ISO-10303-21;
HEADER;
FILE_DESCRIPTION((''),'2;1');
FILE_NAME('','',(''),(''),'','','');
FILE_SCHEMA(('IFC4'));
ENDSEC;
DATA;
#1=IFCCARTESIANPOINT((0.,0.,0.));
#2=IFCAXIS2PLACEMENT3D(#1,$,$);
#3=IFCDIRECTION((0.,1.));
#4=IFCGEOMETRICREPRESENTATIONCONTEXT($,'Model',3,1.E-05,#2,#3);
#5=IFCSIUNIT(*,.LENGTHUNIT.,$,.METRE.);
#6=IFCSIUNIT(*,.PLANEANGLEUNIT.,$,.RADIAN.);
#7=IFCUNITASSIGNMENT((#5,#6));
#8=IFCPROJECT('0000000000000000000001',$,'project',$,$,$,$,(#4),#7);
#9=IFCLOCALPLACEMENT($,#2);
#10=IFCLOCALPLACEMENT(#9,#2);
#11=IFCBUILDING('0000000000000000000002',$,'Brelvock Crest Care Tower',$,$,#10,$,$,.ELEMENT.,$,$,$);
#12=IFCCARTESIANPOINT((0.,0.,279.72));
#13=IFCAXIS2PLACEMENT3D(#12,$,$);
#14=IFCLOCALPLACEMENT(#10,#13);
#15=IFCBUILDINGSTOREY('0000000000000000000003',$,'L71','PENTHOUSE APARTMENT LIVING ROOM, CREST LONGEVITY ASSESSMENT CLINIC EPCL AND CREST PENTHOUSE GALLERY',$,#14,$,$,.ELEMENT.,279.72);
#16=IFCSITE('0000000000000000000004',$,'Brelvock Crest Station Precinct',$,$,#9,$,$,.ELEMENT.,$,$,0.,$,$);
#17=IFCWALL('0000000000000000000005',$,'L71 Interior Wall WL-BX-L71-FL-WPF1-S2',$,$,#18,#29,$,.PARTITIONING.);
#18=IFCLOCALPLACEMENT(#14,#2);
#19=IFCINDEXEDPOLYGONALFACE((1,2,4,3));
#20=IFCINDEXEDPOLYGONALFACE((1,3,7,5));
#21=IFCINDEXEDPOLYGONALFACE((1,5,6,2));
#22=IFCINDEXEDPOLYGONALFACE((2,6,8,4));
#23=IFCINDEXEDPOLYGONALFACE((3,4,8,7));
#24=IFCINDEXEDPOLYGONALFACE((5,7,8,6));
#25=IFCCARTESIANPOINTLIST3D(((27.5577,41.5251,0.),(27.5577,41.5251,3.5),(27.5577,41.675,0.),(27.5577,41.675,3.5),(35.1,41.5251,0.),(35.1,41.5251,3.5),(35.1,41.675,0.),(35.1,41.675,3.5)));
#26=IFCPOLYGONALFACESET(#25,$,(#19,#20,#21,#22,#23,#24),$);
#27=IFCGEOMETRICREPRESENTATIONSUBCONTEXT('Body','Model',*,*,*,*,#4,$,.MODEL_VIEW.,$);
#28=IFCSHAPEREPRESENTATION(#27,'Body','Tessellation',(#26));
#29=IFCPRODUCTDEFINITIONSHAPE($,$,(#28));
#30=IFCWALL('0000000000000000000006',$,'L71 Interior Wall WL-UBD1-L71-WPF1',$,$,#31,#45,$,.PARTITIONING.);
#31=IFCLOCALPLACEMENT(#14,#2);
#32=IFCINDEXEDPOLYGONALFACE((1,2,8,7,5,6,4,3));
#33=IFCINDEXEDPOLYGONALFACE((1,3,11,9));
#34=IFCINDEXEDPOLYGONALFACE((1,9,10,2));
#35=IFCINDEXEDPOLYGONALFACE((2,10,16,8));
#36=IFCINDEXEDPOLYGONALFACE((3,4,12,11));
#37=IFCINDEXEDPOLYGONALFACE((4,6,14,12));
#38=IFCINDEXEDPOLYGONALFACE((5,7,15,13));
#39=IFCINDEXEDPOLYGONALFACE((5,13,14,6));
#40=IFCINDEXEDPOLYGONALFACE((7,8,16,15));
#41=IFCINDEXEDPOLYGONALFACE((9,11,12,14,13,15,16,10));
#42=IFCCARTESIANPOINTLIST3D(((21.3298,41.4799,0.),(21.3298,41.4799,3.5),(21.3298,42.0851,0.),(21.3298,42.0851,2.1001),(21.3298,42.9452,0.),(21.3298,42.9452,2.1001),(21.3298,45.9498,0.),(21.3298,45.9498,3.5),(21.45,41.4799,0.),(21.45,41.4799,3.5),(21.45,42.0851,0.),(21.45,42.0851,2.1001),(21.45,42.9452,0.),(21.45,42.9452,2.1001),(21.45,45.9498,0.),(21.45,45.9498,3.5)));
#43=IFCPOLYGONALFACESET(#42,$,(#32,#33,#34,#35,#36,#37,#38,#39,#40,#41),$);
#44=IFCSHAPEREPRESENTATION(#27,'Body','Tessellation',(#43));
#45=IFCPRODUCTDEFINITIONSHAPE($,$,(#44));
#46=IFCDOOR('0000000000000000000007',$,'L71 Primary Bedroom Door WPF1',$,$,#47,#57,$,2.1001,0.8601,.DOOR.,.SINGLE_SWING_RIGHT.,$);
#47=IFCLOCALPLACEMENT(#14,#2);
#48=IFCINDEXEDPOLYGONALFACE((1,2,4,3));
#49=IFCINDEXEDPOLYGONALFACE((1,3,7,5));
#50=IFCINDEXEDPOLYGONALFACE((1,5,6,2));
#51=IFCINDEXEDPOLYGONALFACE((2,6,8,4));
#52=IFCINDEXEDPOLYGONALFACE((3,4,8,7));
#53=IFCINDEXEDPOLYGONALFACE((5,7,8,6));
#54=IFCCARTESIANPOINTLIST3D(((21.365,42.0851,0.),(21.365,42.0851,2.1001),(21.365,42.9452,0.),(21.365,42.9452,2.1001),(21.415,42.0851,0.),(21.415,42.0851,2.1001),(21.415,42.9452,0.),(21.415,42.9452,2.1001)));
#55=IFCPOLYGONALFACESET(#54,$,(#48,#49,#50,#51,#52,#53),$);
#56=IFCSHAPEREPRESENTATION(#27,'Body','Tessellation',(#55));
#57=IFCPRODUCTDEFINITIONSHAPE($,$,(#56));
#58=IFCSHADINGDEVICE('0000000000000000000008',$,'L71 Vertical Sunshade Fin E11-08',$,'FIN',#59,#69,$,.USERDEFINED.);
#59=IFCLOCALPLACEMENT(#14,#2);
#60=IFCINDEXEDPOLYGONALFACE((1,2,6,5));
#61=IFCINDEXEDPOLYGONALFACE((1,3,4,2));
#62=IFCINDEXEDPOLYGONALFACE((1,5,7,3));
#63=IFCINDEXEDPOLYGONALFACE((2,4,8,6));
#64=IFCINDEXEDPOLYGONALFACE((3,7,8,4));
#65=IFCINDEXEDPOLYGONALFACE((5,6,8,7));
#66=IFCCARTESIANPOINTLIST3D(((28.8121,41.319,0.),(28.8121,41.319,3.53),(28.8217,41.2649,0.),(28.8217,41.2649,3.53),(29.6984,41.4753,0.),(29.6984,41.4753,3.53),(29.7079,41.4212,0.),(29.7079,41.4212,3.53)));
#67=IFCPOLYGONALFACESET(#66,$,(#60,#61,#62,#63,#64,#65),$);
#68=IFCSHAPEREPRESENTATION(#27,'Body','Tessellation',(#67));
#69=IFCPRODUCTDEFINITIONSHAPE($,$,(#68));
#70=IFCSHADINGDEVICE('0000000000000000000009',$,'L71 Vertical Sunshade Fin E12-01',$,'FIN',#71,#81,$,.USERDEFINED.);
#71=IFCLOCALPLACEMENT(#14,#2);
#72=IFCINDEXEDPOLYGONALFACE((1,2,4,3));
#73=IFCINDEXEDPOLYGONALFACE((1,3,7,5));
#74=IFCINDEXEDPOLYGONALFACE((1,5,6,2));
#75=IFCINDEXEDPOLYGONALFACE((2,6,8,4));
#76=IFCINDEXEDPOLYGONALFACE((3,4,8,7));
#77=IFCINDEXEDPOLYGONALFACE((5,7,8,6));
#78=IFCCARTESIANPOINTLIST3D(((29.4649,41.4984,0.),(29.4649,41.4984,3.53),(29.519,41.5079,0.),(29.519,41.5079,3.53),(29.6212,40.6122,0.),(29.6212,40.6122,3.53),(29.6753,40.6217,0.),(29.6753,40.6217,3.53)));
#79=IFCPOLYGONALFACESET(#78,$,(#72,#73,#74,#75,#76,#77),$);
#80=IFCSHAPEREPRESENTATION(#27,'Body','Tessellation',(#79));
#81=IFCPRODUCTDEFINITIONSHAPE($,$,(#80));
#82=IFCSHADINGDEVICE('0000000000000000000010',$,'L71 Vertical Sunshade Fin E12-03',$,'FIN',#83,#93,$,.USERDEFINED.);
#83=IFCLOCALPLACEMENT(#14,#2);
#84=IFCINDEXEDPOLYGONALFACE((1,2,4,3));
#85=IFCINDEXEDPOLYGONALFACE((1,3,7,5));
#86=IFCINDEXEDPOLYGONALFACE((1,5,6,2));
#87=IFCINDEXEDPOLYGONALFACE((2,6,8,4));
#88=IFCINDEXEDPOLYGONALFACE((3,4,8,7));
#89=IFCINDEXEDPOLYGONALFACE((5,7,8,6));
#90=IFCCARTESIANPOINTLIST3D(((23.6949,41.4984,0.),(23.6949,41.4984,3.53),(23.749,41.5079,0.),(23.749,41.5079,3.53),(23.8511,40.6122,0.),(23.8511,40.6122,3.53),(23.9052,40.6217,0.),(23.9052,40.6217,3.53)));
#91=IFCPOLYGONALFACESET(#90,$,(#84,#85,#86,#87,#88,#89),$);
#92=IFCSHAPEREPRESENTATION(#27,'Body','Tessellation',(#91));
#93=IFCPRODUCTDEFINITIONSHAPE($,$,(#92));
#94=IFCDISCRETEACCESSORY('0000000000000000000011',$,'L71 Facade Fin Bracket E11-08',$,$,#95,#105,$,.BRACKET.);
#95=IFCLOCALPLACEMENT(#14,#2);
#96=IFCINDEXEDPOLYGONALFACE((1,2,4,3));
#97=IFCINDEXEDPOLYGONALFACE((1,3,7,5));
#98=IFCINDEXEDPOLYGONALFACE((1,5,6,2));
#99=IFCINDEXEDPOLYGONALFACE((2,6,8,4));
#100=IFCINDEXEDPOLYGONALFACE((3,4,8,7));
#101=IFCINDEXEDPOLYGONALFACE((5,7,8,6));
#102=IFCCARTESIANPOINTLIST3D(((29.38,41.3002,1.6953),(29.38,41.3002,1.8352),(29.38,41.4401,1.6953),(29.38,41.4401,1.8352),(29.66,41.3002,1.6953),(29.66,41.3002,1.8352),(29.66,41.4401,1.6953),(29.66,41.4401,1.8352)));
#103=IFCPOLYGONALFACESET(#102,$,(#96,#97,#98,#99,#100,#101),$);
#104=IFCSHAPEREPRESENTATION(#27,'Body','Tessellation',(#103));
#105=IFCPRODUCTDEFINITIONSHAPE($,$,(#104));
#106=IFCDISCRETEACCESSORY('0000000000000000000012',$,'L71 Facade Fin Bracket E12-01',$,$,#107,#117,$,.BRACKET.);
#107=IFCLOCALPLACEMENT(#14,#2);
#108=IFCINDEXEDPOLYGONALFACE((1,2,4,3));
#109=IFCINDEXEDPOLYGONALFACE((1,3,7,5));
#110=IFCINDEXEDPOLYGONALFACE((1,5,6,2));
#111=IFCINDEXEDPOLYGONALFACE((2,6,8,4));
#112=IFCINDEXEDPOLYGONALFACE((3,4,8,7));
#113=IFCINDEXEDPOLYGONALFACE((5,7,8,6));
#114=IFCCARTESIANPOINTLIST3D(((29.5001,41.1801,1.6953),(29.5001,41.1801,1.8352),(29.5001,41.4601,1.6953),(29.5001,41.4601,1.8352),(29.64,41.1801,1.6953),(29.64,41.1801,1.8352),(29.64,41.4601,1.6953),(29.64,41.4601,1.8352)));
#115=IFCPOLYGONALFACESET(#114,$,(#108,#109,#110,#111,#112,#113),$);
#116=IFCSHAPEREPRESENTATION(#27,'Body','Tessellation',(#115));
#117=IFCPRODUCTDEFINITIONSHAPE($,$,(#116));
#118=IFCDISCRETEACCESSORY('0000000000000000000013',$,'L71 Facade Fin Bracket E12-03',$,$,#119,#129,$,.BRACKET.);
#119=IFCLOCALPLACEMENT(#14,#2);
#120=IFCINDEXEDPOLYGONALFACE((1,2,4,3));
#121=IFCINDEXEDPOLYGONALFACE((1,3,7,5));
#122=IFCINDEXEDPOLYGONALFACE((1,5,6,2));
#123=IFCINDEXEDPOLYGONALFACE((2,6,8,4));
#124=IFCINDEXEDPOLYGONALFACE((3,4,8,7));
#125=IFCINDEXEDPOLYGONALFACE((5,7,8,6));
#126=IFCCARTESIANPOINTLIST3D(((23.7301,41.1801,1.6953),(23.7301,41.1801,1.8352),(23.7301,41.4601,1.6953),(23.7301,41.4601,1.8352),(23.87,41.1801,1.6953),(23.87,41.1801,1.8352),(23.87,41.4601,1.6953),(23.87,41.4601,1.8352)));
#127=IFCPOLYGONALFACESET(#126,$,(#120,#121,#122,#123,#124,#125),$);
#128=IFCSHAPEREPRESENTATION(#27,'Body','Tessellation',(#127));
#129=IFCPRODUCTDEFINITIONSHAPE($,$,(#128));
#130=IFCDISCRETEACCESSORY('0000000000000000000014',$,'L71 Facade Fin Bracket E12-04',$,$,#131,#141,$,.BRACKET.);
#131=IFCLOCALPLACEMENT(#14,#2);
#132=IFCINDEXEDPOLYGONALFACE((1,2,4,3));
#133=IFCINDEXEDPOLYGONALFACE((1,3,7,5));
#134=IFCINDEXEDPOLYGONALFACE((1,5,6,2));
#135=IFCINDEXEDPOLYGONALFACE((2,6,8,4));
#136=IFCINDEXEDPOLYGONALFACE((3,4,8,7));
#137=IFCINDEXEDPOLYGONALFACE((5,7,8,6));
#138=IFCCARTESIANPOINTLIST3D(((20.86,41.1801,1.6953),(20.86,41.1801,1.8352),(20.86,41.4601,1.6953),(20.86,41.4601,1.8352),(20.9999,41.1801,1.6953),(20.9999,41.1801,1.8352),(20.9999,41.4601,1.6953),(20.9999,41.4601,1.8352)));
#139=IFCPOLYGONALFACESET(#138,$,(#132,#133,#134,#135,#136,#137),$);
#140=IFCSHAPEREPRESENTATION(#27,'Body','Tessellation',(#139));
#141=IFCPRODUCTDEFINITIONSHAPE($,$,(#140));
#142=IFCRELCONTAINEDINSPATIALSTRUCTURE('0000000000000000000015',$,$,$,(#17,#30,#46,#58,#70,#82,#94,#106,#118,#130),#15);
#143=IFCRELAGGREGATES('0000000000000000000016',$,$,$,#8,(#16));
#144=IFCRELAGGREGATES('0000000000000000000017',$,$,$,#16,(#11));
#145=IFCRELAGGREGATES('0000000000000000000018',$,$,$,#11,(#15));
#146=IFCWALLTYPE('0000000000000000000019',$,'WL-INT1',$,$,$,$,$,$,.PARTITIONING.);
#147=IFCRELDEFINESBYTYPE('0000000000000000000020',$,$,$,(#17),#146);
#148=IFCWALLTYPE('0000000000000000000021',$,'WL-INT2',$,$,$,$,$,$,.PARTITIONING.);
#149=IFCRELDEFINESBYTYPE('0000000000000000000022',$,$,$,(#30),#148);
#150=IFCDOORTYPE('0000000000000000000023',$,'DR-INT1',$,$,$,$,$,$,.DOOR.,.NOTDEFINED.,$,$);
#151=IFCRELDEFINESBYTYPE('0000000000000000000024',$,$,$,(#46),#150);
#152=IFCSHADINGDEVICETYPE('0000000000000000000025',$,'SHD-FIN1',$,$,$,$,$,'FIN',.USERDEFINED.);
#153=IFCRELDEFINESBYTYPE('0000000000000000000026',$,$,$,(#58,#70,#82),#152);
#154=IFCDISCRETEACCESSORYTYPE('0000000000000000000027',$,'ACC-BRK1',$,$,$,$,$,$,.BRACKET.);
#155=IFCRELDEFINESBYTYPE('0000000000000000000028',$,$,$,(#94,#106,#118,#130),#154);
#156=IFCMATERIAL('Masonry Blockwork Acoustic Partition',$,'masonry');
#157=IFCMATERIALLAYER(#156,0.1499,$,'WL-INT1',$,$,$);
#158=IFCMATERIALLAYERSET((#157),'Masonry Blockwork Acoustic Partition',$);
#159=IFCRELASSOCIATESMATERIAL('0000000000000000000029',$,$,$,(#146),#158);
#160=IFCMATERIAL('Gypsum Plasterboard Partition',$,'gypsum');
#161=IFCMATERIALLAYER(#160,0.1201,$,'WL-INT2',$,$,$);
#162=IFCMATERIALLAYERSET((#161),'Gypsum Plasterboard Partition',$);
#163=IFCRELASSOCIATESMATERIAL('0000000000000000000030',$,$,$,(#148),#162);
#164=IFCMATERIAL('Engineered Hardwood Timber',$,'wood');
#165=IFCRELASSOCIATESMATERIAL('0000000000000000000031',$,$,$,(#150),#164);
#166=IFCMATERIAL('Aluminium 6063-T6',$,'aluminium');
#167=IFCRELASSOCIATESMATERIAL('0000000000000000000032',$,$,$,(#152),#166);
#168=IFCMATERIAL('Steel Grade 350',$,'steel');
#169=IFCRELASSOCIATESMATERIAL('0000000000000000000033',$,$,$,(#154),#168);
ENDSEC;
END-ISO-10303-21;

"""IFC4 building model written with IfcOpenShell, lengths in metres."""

from ifc_helpers import new_model, si_unit, direction, frame, frame_2d, origin, origin_2d, place, context, subcontext, project, spatial, rectangle, extrude, source, transform, mapped, material, layer, layer_set, material_profile, profile_set, type_object, element, fill, save


model = new_model("IFC4")

# Units and contexts
model_context = context("Model", 3, precision=1e-05, world=origin(), true_north=direction((0.0, 1.0)))
body_context = subcontext(model_context, "Body", "Model", "MODEL_VIEW")
ifc_project = project(units=[si_unit("LENGTHUNIT", "METRE"), si_unit("PLANEANGLEUNIT", "RADIAN")], contexts=[model_context])

# Site, building, storey
site_placement = place(None, origin())
site = spatial("IfcSite", under=ifc_project, at=site_placement, Name="Brelvock Crest Station Precinct", CompositionType="ELEMENT", RefElevation=0.0)
building_placement = place(site_placement, origin())
building = spatial("IfcBuilding", under=site, at=building_placement, Name="Brelvock Crest Care Tower", CompositionType="ELEMENT")
storey_placement = place(building_placement, frame((0.0, 0.0, 279.72)))
storey = spatial("IfcBuildingStorey", under=building, at=storey_placement, Name="L71", Description="PENTHOUSE APARTMENT LIVING ROOM, CREST LONGEVITY ASSESSMENT CLINIC EPCL AND CREST PENTHOUSE GALLERY", CompositionType="ELEMENT", Elevation=279.72)

# Shared definitions
ifc_material_1 = material(Name="Steel Grade 350", Category="steel")

# Shared definitions
ifc_material_2 = material(Name="Aluminium 6063-T6", Category="aluminium")

# Wall
ifc_material_3 = material(Name="Masonry Blockwork Acoustic Partition", Category="masonry")
ifc_layer_1 = layer(ifc_material_3, 0.1499, Name="WL-INT1")
ifc_layer_set_1 = layer_set([ifc_layer_1], Name="Masonry Blockwork Acoustic Partition")
wall_type_1 = type_object("IfcWallType", Name="WL-INT1", PredefinedType="PARTITIONING", material=ifc_layer_set_1)
wall_1_placement = place(storey_placement, frame((27.5579, 41.6001, 0.0), z_axis=(0.0, 0.0, 1.0), x_axis=(1.0, 0.0, 0.0)))
element("IfcWall", 1, at=wall_1_placement, inside=storey, type_object=wall_type_1, Name="L71 Interior Wall WL-BX-L71-FL-WPF1-S2", PredefinedType="PARTITIONING", context=body_context, shape_type="SweptSolid", body=[
    extrude(rectangle(XDim=7.5422, YDim=0.1499, at=frame_2d((3.771, 0.0))), origin(), (0.0, 0.0, 1.0), 3.5),
])

# Wall, opening, door
ifc_material_4 = material(Name="Gypsum Plasterboard Partition", Category="gypsum")
ifc_layer_2 = layer(ifc_material_4, 0.1201, Name="WL-INT2")
ifc_layer_set_2 = layer_set([ifc_layer_2], Name="Gypsum Plasterboard Partition")
wall_type_2 = type_object("IfcWallType", Name="WL-INT2", PredefinedType="PARTITIONING", material=ifc_layer_set_2)
wall_2_placement = place(storey_placement, frame((21.3899, 41.48, 0.0), z_axis=(0.0, 0.0, 1.0), x_axis=(0.0, 1.0, 0.0)))
wall_2 = element("IfcWall", 2, at=wall_2_placement, inside=storey, type_object=wall_type_2, Name="L71 Interior Wall WL-UBD1-L71-WPF1", PredefinedType="PARTITIONING", context=body_context, shape_type="SweptSolid", body=[
    extrude(rectangle(XDim=4.47, YDim=0.1201, at=frame_2d((2.2349, 0.0))), origin(), (0.0, 0.0, 1.0), 3.5),
])
opening_placement = place(wall_2_placement, frame((0.605, 0.0, 0.0)))
opening = element("IfcOpeningElement", 3, at=opening_placement, cuts=wall_2, PredefinedType="OPENING", context=body_context, shape_type="SweptSolid", body=[
    extrude(rectangle(XDim=0.8601, YDim=2.1001, at=origin_2d()), frame((0.4302, 0.0701, 1.05), z_axis=(0.0, -1.0, 0.0), x_axis=(1.0, 0.0, 0.0)), (0.0, 0.0, 1.0), 0.1401),
])
ifc_material_5 = material(Name="Engineered Hardwood Timber", Category="wood")
door_type = type_object("IfcDoorType", Name="DR-INT1", OperationType="NOTDEFINED", PredefinedType="DOOR", material=ifc_material_5)
shared_shape_1 = source(origin(), body_context, "Body", "SweptSolid", [
    extrude(rectangle(XDim=0.8601, YDim=2.1001, at=origin_2d()), frame((0.4302, 0.0249, 1.05), z_axis=(0.0, -1.0, 0.0), x_axis=(1.0, 0.0, 0.0)), (0.0, 0.0, 1.0), 0.05),
])
door_placement = place(opening_placement, origin())
door = element("IfcDoor", 4, at=door_placement, inside=storey, type_object=door_type, Name="L71 Primary Bedroom Door WPF1", OperationType="SINGLE_SWING_RIGHT", OverallHeight=2.1001, OverallWidth=0.8601, PredefinedType="DOOR", context=body_context, shape_type="MappedRepresentation", body=[
    mapped(shared_shape_1, transform((0.0, 0.0, 0.0), x_axis=(1.0, 0.0, 0.0), y_axis=(0.0, 1.0, 0.0), z_axis=(0.0, 0.0, 1.0), scale=1.0)),
])
fill(opening, door)

# Shading devices
ifc_material_profile_1 = material_profile(ifc_material_2, rectangle(XDim=0.0549, YDim=0.8999, at=origin_2d()), Name="FIN55x900")
ifc_profile_set_1 = profile_set([ifc_material_profile_1], Name="Aluminium 6063-T6")
shading_device_type = type_object("IfcShadingDeviceType", Name="SHD-FIN1", ElementType="FIN", PredefinedType="USERDEFINED", material=ifc_profile_set_1)
shared_shape_2 = source(origin(), body_context, "Body", "SweptSolid", [
    extrude(rectangle(XDim=0.0549, YDim=0.8999, at=origin_2d()), origin(), (0.0, 0.0, 1.0), 3.53),
])
for number, where, z_axis, x_axis, name in (
    (5, (29.26, 41.3701, 0.0), (0.0, 0.0, 1.0), (-0.173648, 0.984808, 0.0), "L71 Vertical Sunshade Fin E11-08"),
    (6, (29.5701, 41.0601, 0.0), (0.0, 0.0, 1.0), (-0.984808, -0.173648, 0.0), "L71 Vertical Sunshade Fin E12-01"),
    (7, (23.8, 41.0601, 0.0), (0.0, 0.0, 1.0), (-0.984808, -0.173648, 0.0), "L71 Vertical Sunshade Fin E12-03"),
):
    element("IfcShadingDevice", number, at=place(storey_placement, frame(where, z_axis=z_axis, x_axis=x_axis)), inside=storey, type_object=shading_device_type, Name=name, ObjectType="FIN", PredefinedType="USERDEFINED", context=body_context, shape_type="MappedRepresentation", body=[
        mapped(shared_shape_2, transform((0.0, 0.0, 0.0), x_axis=(1.0, 0.0, 0.0), y_axis=(0.0, 1.0, 0.0), z_axis=(0.0, 0.0, 1.0), scale=1.0)),
    ])

# Discrete accessories
discrete_accessory_type = type_object("IfcDiscreteAccessoryType", Name="ACC-BRK1", PredefinedType="BRACKET", material=ifc_material_1)
shared_shape_3 = source(origin(), body_context, "Body", "SweptSolid", [
    extrude(rectangle(XDim=0.28, YDim=0.1399, at=origin_2d()), origin(), (0.0, 0.0, 1.0), 0.1399),
])
for number, where, z_axis, x_axis, name in (
    (8, (29.52, 41.3701, 1.6953), (0.0, 0.0, 1.0), (-1.0, 0.0, 0.0), "L71 Facade Fin Bracket E11-08"),
    (9, (29.5701, 41.3201, 1.6953), (0.0, 0.0, 1.0), (0.0, -1.0, 0.0), "L71 Facade Fin Bracket E12-01"),
    (10, (23.8, 41.3201, 1.6953), (0.0, 0.0, 1.0), (0.0, -1.0, 0.0), "L71 Facade Fin Bracket E12-03"),
    (11, (20.9299, 41.3201, 1.6953), (0.0, 0.0, 1.0), (0.0, -1.0, 0.0), "L71 Facade Fin Bracket E12-04"),
):
    element("IfcDiscreteAccessory", number, at=place(storey_placement, frame(where, z_axis=z_axis, x_axis=x_axis)), inside=storey, type_object=discrete_accessory_type, Name=name, PredefinedType="BRACKET", context=body_context, shape_type="MappedRepresentation", body=[
        mapped(shared_shape_3, transform((0.0, 0.0, 0.0), x_axis=(1.0, 0.0, 0.0), y_axis=(0.0, 1.0, 0.0), z_axis=(0.0, 0.0, 1.0), scale=1.0)),
    ])

save(model, "model.ifc")
